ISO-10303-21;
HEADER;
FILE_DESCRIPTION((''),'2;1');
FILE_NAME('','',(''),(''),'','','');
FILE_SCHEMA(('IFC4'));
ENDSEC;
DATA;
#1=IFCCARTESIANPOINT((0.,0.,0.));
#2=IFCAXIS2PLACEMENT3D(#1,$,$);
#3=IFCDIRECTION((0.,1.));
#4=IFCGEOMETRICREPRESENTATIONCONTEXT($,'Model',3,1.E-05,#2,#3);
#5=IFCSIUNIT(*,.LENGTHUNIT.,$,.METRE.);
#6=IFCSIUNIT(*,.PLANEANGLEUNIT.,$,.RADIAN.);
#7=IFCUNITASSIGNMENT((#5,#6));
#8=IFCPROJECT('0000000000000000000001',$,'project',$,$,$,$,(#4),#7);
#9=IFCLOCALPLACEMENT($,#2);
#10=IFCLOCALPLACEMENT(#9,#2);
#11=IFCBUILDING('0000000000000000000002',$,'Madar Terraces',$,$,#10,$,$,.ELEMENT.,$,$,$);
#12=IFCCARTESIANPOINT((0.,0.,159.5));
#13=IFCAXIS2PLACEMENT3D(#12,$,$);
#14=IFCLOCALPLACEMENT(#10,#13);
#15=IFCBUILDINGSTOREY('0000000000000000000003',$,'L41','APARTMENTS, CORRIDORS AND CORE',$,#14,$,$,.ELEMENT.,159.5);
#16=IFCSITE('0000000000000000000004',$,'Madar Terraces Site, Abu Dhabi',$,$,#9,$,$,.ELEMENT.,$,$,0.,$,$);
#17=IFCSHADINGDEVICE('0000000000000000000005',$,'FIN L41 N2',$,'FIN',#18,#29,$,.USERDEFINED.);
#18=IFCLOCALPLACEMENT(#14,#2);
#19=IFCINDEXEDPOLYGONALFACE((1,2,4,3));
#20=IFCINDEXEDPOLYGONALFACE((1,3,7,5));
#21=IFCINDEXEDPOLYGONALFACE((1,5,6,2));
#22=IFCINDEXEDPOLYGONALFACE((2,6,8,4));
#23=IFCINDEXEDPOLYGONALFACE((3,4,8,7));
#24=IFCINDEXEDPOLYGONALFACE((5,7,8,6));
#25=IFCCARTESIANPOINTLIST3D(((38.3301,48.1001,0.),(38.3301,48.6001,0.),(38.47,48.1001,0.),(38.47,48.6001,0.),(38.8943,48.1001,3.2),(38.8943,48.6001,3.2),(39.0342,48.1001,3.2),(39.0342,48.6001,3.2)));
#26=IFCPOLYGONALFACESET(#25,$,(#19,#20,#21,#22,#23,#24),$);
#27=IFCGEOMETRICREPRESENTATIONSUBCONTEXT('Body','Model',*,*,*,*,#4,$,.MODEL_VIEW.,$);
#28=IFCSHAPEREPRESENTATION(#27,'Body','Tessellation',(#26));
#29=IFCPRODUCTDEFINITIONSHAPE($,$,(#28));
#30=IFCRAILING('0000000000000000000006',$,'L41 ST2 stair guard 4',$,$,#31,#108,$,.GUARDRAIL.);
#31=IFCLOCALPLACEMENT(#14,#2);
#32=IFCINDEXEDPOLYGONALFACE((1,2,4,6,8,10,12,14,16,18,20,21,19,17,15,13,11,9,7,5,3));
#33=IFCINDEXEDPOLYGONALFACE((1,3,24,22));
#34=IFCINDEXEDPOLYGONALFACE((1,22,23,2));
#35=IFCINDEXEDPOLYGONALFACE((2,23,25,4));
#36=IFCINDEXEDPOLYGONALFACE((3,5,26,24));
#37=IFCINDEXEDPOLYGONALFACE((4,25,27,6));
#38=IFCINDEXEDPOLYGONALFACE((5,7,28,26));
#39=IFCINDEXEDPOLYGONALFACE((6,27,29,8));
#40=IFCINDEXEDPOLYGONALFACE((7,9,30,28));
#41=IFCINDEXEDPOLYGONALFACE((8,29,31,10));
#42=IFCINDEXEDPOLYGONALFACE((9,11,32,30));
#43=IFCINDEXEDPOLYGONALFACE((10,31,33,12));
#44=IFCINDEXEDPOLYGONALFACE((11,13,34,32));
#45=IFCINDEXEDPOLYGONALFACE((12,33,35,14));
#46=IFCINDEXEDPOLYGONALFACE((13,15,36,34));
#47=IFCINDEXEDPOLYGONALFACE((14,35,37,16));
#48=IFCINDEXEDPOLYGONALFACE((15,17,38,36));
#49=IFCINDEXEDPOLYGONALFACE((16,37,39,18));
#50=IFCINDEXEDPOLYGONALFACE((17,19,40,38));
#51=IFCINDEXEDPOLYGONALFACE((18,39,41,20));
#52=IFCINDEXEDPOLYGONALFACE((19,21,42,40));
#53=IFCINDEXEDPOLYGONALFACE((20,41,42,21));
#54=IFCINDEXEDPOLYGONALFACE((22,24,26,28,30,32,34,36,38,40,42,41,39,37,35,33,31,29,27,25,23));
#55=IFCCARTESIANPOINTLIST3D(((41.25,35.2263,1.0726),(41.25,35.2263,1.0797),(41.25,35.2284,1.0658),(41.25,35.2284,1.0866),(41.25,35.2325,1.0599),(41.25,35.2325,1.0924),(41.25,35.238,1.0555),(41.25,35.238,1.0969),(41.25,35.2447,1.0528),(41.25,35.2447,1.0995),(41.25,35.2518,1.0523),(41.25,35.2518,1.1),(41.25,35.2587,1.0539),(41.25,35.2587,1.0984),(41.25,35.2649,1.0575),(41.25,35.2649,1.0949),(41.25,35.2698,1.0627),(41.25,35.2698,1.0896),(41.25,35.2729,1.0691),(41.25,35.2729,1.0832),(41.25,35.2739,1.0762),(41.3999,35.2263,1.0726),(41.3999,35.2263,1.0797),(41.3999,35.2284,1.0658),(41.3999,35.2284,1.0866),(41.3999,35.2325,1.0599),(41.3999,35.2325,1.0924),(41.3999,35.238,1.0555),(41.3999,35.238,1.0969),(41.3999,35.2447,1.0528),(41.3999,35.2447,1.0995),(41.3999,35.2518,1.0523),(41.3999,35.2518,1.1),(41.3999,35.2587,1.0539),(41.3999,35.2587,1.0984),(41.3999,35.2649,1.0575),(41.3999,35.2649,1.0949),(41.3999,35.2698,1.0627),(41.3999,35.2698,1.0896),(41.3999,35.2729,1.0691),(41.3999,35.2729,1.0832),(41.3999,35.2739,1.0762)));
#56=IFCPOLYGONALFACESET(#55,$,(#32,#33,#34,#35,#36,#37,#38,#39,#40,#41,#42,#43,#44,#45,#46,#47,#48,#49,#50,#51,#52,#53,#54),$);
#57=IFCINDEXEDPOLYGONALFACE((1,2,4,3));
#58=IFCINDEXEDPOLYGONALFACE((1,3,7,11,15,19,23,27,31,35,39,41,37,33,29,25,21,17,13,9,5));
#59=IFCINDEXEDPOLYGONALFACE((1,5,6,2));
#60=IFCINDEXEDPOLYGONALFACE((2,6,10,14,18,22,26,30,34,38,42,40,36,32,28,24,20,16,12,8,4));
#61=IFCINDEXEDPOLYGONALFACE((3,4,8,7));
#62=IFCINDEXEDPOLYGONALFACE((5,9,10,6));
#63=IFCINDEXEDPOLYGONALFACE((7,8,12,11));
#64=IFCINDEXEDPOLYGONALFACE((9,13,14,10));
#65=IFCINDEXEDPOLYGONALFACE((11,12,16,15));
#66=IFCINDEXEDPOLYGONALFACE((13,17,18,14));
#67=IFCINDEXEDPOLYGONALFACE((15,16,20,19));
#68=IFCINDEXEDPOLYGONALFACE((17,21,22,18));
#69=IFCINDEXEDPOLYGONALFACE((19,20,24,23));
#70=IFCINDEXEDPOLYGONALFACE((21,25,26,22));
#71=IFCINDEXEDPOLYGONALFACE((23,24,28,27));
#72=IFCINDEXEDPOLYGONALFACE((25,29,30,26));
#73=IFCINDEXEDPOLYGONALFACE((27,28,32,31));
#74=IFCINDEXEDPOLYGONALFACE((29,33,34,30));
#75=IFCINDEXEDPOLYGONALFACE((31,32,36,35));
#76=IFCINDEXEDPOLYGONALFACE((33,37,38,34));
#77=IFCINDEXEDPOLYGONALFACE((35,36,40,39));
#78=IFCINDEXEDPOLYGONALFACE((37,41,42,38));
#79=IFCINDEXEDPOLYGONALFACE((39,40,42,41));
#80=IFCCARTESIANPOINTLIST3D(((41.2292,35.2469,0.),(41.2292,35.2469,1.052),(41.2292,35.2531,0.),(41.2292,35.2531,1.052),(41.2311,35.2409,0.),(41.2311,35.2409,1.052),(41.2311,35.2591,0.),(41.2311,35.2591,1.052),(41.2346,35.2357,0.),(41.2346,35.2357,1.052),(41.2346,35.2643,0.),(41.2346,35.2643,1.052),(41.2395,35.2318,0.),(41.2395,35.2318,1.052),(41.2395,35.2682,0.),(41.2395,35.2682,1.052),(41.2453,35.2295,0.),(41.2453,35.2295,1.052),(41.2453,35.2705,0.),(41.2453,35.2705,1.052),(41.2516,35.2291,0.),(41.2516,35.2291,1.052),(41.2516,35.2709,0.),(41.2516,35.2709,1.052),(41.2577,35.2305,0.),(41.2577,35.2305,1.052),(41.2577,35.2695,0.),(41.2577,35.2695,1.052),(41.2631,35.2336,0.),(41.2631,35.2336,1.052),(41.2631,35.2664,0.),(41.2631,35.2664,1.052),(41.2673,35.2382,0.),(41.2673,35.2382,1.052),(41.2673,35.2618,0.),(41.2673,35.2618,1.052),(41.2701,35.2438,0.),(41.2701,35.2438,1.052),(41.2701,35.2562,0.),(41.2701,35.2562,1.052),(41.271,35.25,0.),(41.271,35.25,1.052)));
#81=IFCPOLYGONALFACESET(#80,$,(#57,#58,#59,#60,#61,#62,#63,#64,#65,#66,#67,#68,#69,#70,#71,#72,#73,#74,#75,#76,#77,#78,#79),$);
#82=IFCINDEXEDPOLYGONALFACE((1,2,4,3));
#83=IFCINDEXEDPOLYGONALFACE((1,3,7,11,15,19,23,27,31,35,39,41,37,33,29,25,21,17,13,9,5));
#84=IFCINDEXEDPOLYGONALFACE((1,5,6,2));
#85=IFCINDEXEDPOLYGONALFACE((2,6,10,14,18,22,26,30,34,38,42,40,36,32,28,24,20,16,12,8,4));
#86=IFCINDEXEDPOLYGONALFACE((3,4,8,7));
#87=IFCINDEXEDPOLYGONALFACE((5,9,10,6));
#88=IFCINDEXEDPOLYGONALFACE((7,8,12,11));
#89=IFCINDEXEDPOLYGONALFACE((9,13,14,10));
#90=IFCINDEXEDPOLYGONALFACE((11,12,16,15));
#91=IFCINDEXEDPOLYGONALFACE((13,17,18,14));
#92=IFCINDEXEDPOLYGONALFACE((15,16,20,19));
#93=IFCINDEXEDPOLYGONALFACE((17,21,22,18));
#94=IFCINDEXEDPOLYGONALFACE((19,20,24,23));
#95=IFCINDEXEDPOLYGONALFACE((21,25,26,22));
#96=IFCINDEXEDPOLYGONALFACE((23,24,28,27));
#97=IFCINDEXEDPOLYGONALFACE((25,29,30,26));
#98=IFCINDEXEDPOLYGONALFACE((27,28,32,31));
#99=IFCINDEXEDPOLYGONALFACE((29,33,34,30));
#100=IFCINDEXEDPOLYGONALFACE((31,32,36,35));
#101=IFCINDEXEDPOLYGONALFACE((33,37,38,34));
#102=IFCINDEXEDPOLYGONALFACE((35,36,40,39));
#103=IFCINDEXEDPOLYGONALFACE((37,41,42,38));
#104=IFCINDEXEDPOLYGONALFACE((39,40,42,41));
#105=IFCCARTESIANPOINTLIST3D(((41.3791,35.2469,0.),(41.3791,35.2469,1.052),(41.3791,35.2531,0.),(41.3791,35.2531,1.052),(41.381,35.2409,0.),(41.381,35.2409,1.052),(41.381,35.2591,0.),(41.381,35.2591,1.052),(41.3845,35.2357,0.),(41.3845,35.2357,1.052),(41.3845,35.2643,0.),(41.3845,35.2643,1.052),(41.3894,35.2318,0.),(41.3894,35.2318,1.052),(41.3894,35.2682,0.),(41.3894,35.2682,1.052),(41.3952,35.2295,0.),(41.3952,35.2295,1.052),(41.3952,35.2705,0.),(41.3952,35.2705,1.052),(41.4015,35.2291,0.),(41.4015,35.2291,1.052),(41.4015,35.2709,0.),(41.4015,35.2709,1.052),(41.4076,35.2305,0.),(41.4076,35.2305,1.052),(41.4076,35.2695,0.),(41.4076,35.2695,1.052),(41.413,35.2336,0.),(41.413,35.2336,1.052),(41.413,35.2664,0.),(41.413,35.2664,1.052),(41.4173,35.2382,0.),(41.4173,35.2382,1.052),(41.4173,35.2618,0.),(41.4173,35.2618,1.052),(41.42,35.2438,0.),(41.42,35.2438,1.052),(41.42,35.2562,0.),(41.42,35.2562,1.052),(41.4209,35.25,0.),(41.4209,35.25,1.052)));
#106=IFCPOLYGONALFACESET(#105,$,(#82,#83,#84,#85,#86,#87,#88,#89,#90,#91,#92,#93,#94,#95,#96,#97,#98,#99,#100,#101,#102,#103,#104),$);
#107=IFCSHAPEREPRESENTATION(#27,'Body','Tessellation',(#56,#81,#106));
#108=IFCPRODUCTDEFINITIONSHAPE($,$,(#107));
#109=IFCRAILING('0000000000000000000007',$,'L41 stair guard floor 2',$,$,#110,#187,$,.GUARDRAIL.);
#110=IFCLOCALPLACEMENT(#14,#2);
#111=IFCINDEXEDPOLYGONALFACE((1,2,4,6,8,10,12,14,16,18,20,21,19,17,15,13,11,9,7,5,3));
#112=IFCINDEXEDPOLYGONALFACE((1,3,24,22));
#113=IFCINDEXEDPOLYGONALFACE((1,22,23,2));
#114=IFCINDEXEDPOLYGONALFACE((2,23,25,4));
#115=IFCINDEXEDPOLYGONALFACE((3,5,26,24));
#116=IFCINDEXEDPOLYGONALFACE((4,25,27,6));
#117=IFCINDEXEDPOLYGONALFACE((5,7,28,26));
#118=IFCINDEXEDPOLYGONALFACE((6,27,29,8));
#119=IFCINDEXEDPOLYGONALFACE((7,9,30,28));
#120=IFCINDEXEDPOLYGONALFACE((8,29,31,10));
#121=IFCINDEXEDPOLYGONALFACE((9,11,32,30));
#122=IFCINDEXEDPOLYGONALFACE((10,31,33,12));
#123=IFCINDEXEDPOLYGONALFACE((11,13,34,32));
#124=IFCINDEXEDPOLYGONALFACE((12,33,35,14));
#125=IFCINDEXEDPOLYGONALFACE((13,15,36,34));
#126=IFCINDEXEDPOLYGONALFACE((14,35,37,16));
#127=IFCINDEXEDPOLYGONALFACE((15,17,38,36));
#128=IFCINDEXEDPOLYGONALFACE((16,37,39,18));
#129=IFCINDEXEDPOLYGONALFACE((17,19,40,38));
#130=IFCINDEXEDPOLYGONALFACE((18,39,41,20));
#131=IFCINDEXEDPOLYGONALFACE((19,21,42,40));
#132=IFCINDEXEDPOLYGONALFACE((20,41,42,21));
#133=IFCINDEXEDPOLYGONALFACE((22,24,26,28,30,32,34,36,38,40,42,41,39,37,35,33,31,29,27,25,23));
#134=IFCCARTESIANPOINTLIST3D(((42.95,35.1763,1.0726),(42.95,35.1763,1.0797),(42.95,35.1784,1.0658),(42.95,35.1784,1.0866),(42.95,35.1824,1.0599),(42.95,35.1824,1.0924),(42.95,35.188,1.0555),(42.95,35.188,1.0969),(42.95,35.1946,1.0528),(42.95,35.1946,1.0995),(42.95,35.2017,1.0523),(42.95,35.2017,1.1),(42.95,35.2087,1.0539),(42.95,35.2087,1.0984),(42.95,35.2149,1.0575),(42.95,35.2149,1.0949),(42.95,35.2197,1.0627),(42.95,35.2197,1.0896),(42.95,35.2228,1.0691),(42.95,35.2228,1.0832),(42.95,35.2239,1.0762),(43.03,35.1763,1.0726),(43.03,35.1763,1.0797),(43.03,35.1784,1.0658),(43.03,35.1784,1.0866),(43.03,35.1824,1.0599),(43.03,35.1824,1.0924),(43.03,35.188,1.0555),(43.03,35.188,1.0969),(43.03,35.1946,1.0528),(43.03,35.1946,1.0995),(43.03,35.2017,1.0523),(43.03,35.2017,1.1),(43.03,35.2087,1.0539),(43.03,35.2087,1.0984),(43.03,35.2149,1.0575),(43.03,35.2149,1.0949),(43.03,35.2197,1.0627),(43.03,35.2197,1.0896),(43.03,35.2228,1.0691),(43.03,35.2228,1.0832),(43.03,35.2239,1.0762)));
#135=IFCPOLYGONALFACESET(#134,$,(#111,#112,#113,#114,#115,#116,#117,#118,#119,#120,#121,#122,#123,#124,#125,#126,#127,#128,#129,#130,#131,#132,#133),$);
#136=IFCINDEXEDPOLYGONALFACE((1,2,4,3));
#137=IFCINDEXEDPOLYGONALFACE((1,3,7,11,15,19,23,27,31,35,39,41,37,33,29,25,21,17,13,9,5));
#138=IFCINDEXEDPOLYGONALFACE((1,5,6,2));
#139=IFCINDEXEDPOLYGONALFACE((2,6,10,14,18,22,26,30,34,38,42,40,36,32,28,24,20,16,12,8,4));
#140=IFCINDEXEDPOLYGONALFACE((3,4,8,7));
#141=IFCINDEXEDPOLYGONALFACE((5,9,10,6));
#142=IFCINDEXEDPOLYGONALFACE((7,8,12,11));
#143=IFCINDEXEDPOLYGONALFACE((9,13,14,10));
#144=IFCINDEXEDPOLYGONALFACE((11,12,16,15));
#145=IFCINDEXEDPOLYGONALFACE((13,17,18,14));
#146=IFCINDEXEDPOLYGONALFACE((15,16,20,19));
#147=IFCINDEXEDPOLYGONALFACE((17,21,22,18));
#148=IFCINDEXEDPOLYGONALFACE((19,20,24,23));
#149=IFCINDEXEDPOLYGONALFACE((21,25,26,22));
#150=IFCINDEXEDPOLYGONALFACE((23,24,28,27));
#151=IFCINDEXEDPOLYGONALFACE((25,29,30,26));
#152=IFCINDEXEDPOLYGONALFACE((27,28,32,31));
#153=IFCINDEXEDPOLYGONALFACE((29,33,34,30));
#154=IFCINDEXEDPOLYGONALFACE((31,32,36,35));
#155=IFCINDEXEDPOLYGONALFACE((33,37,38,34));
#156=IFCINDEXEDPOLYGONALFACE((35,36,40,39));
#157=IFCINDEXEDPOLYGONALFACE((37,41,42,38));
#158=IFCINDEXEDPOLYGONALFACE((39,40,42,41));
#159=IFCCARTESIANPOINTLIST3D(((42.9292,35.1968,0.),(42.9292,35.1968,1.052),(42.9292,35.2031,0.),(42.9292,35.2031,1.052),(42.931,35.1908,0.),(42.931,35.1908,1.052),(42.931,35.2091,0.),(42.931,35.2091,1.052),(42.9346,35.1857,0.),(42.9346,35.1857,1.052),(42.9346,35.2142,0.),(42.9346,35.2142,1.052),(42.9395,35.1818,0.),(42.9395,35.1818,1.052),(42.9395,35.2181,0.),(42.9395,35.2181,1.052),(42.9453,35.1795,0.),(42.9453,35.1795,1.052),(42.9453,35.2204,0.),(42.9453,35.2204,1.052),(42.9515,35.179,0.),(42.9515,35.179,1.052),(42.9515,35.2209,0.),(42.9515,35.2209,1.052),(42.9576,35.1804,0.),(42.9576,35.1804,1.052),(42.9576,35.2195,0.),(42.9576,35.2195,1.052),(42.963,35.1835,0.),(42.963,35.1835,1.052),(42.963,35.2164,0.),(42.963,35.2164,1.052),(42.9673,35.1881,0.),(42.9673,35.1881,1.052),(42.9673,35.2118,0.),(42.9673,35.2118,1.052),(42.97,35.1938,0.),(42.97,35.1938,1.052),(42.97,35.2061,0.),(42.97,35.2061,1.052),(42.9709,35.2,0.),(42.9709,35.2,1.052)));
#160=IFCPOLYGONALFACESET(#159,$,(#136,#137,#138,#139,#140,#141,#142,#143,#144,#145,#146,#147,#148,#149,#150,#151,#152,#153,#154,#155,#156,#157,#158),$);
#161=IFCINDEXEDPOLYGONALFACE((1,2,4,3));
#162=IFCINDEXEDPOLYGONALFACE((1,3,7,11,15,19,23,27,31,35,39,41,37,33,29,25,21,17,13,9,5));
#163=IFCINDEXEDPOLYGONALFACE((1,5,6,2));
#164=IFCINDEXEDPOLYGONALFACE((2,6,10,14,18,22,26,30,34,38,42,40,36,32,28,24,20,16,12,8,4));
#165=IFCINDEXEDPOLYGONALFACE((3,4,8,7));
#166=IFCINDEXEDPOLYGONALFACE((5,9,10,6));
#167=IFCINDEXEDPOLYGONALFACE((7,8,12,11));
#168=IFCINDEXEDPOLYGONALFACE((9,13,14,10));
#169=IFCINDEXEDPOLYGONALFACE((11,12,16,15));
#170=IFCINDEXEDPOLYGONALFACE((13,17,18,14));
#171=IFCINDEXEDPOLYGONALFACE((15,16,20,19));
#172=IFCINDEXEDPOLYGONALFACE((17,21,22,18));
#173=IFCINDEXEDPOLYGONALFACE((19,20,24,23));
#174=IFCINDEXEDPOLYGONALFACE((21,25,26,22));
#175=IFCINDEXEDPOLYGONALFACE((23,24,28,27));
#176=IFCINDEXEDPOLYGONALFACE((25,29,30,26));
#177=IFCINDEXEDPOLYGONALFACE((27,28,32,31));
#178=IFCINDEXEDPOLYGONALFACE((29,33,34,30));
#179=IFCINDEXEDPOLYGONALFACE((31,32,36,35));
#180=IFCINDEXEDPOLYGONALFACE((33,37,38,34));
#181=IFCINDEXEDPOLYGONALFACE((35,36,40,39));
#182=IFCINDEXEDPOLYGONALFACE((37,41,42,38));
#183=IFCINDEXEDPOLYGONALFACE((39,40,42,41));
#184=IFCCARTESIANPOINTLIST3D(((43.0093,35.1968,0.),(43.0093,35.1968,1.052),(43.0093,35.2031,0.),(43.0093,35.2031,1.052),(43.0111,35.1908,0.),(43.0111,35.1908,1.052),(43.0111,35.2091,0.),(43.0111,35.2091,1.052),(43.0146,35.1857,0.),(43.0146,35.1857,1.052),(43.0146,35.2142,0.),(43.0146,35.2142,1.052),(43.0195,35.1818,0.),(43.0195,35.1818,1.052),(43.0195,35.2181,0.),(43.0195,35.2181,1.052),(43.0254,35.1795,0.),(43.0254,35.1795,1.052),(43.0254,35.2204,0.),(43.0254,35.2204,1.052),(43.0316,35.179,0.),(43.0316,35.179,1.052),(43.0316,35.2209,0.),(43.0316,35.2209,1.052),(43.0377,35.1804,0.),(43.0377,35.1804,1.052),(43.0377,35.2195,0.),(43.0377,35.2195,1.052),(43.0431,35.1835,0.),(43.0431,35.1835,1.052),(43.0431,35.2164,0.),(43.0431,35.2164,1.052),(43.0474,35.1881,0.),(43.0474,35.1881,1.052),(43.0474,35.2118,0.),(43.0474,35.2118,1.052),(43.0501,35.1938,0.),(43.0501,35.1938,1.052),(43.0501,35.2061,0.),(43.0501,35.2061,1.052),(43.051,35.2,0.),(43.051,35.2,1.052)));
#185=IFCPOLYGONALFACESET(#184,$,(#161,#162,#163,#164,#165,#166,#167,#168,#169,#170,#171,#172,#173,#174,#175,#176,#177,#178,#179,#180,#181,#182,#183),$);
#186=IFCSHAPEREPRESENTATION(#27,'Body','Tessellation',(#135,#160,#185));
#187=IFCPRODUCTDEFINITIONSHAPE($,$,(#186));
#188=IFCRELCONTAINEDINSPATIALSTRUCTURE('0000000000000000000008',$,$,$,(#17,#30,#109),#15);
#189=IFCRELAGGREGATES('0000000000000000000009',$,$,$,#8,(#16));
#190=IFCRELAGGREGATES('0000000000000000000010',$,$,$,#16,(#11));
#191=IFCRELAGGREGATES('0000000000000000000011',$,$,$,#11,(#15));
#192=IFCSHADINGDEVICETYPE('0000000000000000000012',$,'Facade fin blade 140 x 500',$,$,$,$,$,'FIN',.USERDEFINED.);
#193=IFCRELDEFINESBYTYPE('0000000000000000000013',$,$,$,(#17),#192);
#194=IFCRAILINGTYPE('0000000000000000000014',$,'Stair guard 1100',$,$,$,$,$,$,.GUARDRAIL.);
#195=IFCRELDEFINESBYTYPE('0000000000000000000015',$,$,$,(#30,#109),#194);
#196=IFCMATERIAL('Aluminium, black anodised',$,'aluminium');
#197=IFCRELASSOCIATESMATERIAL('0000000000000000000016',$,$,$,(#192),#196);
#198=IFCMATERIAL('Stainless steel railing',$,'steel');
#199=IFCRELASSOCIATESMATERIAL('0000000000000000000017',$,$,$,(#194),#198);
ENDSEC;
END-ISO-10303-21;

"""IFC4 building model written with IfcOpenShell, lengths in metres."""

from ifc_helpers import new_model, si_unit, direction, frame, origin, origin_2d, place, context, subcontext, project, spatial, polyline, circle, outline, extrude, material, type_object, element, save


model = new_model("IFC4")

# Units and contexts
model_context = context("Model", 3, precision=1e-05, world=origin(), true_north=direction((0.0, 1.0)))
body_context = subcontext(model_context, "Body", "Model", "MODEL_VIEW")
ifc_project = project(units=[si_unit("LENGTHUNIT", "METRE"), si_unit("PLANEANGLEUNIT", "RADIAN")], contexts=[model_context])

# Site, building, storey
site_placement = place(None, origin())
site = spatial("IfcSite", under=ifc_project, at=site_placement, Name="Madar Terraces Site, Abu Dhabi", CompositionType="ELEMENT", RefElevation=0.0)
building_placement = place(site_placement, origin())
building = spatial("IfcBuilding", under=site, at=building_placement, Name="Madar Terraces", CompositionType="ELEMENT")
storey_placement = place(building_placement, frame((0.0, 0.0, 159.5)))
storey = spatial("IfcBuildingStorey", under=building, at=storey_placement, Name="L41", Description="APARTMENTS, CORRIDORS AND CORE", CompositionType="ELEMENT", Elevation=159.5)

# Shading device
ifc_material_1 = material(Name="Aluminium, black anodised", Category="aluminium")
shading_device_type = type_object("IfcShadingDeviceType", Name="Facade fin blade 140 x 500", ElementType="FIN", PredefinedType="USERDEFINED", material=ifc_material_1)
shading_device_placement = place(storey_placement, frame((38.47, 48.3501, 0.0), z_axis=(0.0, 0.0, 1.0), x_axis=(-1.0, 0.0, 0.0)))
element("IfcShadingDevice", 1, at=shading_device_placement, inside=storey, type_object=shading_device_type, Name="FIN L41 N2", ObjectType="FIN", PredefinedType="USERDEFINED", context=body_context, shape_type="SweptSolid", body=[
    extrude(outline(polyline([(0.0, 0.0), (0.1399, 0.0), (-0.4243, 3.2), (-0.5642, 3.2), (0.0, 0.0)])), frame((0.0, 0.25, 0.0), z_axis=(0.0, -1.0, 0.0), x_axis=(1.0, 0.0, 0.0)), (0.0, 0.0, 1.0), 0.5),
])

# Railings
ifc_material_2 = material(Name="Stainless steel railing", Category="steel")
railing_type = type_object("IfcRailingType", Name="Stair guard 1100", PredefinedType="GUARDRAIL", material=ifc_material_2)
railing_1_placement = place(storey_placement, frame((41.25, 35.25, 0.0)))
element("IfcRailing", 2, at=railing_1_placement, inside=storey, type_object=railing_type, Name="L41 ST2 stair guard 4", PredefinedType="GUARDRAIL", context=body_context, shape_type="SweptSolid", body=[
    extrude(circle(Radius=0.0239, at=origin_2d()), frame((0.0, 0.0, 1.0762), z_axis=(1.0, 0.0, 0.0), x_axis=(0.0, 1.0, 0.0)), (0.0, 0.0, 1.0), 0.1499),
    extrude(circle(Radius=0.021, at=origin_2d()), origin(), (0.0, 0.0, 1.0), 1.052),
    extrude(circle(Radius=0.021, at=origin_2d()), frame((0.1499, 0.0, 0.0)), (0.0, 0.0, 1.0), 1.052),
])
railing_2_placement = place(storey_placement, frame((42.95, 35.2, 0.0)))
element("IfcRailing", 3, at=railing_2_placement, inside=storey, type_object=railing_type, Name="L41 stair guard floor 2", PredefinedType="GUARDRAIL", context=body_context, shape_type="SweptSolid", body=[
    extrude(circle(Radius=0.0239, at=origin_2d()), frame((0.0, 0.0, 1.0762), z_axis=(1.0, 0.0, 0.0), x_axis=(0.0, 1.0, 0.0)), (0.0, 0.0, 1.0), 0.0801),
    extrude(circle(Radius=0.021, at=origin_2d()), origin(), (0.0, 0.0, 1.0), 1.052),
    extrude(circle(Radius=0.021, at=origin_2d()), frame((0.0801, 0.0, 0.0)), (0.0, 0.0, 1.0), 1.052),
])

save(model, "model.ifc")
